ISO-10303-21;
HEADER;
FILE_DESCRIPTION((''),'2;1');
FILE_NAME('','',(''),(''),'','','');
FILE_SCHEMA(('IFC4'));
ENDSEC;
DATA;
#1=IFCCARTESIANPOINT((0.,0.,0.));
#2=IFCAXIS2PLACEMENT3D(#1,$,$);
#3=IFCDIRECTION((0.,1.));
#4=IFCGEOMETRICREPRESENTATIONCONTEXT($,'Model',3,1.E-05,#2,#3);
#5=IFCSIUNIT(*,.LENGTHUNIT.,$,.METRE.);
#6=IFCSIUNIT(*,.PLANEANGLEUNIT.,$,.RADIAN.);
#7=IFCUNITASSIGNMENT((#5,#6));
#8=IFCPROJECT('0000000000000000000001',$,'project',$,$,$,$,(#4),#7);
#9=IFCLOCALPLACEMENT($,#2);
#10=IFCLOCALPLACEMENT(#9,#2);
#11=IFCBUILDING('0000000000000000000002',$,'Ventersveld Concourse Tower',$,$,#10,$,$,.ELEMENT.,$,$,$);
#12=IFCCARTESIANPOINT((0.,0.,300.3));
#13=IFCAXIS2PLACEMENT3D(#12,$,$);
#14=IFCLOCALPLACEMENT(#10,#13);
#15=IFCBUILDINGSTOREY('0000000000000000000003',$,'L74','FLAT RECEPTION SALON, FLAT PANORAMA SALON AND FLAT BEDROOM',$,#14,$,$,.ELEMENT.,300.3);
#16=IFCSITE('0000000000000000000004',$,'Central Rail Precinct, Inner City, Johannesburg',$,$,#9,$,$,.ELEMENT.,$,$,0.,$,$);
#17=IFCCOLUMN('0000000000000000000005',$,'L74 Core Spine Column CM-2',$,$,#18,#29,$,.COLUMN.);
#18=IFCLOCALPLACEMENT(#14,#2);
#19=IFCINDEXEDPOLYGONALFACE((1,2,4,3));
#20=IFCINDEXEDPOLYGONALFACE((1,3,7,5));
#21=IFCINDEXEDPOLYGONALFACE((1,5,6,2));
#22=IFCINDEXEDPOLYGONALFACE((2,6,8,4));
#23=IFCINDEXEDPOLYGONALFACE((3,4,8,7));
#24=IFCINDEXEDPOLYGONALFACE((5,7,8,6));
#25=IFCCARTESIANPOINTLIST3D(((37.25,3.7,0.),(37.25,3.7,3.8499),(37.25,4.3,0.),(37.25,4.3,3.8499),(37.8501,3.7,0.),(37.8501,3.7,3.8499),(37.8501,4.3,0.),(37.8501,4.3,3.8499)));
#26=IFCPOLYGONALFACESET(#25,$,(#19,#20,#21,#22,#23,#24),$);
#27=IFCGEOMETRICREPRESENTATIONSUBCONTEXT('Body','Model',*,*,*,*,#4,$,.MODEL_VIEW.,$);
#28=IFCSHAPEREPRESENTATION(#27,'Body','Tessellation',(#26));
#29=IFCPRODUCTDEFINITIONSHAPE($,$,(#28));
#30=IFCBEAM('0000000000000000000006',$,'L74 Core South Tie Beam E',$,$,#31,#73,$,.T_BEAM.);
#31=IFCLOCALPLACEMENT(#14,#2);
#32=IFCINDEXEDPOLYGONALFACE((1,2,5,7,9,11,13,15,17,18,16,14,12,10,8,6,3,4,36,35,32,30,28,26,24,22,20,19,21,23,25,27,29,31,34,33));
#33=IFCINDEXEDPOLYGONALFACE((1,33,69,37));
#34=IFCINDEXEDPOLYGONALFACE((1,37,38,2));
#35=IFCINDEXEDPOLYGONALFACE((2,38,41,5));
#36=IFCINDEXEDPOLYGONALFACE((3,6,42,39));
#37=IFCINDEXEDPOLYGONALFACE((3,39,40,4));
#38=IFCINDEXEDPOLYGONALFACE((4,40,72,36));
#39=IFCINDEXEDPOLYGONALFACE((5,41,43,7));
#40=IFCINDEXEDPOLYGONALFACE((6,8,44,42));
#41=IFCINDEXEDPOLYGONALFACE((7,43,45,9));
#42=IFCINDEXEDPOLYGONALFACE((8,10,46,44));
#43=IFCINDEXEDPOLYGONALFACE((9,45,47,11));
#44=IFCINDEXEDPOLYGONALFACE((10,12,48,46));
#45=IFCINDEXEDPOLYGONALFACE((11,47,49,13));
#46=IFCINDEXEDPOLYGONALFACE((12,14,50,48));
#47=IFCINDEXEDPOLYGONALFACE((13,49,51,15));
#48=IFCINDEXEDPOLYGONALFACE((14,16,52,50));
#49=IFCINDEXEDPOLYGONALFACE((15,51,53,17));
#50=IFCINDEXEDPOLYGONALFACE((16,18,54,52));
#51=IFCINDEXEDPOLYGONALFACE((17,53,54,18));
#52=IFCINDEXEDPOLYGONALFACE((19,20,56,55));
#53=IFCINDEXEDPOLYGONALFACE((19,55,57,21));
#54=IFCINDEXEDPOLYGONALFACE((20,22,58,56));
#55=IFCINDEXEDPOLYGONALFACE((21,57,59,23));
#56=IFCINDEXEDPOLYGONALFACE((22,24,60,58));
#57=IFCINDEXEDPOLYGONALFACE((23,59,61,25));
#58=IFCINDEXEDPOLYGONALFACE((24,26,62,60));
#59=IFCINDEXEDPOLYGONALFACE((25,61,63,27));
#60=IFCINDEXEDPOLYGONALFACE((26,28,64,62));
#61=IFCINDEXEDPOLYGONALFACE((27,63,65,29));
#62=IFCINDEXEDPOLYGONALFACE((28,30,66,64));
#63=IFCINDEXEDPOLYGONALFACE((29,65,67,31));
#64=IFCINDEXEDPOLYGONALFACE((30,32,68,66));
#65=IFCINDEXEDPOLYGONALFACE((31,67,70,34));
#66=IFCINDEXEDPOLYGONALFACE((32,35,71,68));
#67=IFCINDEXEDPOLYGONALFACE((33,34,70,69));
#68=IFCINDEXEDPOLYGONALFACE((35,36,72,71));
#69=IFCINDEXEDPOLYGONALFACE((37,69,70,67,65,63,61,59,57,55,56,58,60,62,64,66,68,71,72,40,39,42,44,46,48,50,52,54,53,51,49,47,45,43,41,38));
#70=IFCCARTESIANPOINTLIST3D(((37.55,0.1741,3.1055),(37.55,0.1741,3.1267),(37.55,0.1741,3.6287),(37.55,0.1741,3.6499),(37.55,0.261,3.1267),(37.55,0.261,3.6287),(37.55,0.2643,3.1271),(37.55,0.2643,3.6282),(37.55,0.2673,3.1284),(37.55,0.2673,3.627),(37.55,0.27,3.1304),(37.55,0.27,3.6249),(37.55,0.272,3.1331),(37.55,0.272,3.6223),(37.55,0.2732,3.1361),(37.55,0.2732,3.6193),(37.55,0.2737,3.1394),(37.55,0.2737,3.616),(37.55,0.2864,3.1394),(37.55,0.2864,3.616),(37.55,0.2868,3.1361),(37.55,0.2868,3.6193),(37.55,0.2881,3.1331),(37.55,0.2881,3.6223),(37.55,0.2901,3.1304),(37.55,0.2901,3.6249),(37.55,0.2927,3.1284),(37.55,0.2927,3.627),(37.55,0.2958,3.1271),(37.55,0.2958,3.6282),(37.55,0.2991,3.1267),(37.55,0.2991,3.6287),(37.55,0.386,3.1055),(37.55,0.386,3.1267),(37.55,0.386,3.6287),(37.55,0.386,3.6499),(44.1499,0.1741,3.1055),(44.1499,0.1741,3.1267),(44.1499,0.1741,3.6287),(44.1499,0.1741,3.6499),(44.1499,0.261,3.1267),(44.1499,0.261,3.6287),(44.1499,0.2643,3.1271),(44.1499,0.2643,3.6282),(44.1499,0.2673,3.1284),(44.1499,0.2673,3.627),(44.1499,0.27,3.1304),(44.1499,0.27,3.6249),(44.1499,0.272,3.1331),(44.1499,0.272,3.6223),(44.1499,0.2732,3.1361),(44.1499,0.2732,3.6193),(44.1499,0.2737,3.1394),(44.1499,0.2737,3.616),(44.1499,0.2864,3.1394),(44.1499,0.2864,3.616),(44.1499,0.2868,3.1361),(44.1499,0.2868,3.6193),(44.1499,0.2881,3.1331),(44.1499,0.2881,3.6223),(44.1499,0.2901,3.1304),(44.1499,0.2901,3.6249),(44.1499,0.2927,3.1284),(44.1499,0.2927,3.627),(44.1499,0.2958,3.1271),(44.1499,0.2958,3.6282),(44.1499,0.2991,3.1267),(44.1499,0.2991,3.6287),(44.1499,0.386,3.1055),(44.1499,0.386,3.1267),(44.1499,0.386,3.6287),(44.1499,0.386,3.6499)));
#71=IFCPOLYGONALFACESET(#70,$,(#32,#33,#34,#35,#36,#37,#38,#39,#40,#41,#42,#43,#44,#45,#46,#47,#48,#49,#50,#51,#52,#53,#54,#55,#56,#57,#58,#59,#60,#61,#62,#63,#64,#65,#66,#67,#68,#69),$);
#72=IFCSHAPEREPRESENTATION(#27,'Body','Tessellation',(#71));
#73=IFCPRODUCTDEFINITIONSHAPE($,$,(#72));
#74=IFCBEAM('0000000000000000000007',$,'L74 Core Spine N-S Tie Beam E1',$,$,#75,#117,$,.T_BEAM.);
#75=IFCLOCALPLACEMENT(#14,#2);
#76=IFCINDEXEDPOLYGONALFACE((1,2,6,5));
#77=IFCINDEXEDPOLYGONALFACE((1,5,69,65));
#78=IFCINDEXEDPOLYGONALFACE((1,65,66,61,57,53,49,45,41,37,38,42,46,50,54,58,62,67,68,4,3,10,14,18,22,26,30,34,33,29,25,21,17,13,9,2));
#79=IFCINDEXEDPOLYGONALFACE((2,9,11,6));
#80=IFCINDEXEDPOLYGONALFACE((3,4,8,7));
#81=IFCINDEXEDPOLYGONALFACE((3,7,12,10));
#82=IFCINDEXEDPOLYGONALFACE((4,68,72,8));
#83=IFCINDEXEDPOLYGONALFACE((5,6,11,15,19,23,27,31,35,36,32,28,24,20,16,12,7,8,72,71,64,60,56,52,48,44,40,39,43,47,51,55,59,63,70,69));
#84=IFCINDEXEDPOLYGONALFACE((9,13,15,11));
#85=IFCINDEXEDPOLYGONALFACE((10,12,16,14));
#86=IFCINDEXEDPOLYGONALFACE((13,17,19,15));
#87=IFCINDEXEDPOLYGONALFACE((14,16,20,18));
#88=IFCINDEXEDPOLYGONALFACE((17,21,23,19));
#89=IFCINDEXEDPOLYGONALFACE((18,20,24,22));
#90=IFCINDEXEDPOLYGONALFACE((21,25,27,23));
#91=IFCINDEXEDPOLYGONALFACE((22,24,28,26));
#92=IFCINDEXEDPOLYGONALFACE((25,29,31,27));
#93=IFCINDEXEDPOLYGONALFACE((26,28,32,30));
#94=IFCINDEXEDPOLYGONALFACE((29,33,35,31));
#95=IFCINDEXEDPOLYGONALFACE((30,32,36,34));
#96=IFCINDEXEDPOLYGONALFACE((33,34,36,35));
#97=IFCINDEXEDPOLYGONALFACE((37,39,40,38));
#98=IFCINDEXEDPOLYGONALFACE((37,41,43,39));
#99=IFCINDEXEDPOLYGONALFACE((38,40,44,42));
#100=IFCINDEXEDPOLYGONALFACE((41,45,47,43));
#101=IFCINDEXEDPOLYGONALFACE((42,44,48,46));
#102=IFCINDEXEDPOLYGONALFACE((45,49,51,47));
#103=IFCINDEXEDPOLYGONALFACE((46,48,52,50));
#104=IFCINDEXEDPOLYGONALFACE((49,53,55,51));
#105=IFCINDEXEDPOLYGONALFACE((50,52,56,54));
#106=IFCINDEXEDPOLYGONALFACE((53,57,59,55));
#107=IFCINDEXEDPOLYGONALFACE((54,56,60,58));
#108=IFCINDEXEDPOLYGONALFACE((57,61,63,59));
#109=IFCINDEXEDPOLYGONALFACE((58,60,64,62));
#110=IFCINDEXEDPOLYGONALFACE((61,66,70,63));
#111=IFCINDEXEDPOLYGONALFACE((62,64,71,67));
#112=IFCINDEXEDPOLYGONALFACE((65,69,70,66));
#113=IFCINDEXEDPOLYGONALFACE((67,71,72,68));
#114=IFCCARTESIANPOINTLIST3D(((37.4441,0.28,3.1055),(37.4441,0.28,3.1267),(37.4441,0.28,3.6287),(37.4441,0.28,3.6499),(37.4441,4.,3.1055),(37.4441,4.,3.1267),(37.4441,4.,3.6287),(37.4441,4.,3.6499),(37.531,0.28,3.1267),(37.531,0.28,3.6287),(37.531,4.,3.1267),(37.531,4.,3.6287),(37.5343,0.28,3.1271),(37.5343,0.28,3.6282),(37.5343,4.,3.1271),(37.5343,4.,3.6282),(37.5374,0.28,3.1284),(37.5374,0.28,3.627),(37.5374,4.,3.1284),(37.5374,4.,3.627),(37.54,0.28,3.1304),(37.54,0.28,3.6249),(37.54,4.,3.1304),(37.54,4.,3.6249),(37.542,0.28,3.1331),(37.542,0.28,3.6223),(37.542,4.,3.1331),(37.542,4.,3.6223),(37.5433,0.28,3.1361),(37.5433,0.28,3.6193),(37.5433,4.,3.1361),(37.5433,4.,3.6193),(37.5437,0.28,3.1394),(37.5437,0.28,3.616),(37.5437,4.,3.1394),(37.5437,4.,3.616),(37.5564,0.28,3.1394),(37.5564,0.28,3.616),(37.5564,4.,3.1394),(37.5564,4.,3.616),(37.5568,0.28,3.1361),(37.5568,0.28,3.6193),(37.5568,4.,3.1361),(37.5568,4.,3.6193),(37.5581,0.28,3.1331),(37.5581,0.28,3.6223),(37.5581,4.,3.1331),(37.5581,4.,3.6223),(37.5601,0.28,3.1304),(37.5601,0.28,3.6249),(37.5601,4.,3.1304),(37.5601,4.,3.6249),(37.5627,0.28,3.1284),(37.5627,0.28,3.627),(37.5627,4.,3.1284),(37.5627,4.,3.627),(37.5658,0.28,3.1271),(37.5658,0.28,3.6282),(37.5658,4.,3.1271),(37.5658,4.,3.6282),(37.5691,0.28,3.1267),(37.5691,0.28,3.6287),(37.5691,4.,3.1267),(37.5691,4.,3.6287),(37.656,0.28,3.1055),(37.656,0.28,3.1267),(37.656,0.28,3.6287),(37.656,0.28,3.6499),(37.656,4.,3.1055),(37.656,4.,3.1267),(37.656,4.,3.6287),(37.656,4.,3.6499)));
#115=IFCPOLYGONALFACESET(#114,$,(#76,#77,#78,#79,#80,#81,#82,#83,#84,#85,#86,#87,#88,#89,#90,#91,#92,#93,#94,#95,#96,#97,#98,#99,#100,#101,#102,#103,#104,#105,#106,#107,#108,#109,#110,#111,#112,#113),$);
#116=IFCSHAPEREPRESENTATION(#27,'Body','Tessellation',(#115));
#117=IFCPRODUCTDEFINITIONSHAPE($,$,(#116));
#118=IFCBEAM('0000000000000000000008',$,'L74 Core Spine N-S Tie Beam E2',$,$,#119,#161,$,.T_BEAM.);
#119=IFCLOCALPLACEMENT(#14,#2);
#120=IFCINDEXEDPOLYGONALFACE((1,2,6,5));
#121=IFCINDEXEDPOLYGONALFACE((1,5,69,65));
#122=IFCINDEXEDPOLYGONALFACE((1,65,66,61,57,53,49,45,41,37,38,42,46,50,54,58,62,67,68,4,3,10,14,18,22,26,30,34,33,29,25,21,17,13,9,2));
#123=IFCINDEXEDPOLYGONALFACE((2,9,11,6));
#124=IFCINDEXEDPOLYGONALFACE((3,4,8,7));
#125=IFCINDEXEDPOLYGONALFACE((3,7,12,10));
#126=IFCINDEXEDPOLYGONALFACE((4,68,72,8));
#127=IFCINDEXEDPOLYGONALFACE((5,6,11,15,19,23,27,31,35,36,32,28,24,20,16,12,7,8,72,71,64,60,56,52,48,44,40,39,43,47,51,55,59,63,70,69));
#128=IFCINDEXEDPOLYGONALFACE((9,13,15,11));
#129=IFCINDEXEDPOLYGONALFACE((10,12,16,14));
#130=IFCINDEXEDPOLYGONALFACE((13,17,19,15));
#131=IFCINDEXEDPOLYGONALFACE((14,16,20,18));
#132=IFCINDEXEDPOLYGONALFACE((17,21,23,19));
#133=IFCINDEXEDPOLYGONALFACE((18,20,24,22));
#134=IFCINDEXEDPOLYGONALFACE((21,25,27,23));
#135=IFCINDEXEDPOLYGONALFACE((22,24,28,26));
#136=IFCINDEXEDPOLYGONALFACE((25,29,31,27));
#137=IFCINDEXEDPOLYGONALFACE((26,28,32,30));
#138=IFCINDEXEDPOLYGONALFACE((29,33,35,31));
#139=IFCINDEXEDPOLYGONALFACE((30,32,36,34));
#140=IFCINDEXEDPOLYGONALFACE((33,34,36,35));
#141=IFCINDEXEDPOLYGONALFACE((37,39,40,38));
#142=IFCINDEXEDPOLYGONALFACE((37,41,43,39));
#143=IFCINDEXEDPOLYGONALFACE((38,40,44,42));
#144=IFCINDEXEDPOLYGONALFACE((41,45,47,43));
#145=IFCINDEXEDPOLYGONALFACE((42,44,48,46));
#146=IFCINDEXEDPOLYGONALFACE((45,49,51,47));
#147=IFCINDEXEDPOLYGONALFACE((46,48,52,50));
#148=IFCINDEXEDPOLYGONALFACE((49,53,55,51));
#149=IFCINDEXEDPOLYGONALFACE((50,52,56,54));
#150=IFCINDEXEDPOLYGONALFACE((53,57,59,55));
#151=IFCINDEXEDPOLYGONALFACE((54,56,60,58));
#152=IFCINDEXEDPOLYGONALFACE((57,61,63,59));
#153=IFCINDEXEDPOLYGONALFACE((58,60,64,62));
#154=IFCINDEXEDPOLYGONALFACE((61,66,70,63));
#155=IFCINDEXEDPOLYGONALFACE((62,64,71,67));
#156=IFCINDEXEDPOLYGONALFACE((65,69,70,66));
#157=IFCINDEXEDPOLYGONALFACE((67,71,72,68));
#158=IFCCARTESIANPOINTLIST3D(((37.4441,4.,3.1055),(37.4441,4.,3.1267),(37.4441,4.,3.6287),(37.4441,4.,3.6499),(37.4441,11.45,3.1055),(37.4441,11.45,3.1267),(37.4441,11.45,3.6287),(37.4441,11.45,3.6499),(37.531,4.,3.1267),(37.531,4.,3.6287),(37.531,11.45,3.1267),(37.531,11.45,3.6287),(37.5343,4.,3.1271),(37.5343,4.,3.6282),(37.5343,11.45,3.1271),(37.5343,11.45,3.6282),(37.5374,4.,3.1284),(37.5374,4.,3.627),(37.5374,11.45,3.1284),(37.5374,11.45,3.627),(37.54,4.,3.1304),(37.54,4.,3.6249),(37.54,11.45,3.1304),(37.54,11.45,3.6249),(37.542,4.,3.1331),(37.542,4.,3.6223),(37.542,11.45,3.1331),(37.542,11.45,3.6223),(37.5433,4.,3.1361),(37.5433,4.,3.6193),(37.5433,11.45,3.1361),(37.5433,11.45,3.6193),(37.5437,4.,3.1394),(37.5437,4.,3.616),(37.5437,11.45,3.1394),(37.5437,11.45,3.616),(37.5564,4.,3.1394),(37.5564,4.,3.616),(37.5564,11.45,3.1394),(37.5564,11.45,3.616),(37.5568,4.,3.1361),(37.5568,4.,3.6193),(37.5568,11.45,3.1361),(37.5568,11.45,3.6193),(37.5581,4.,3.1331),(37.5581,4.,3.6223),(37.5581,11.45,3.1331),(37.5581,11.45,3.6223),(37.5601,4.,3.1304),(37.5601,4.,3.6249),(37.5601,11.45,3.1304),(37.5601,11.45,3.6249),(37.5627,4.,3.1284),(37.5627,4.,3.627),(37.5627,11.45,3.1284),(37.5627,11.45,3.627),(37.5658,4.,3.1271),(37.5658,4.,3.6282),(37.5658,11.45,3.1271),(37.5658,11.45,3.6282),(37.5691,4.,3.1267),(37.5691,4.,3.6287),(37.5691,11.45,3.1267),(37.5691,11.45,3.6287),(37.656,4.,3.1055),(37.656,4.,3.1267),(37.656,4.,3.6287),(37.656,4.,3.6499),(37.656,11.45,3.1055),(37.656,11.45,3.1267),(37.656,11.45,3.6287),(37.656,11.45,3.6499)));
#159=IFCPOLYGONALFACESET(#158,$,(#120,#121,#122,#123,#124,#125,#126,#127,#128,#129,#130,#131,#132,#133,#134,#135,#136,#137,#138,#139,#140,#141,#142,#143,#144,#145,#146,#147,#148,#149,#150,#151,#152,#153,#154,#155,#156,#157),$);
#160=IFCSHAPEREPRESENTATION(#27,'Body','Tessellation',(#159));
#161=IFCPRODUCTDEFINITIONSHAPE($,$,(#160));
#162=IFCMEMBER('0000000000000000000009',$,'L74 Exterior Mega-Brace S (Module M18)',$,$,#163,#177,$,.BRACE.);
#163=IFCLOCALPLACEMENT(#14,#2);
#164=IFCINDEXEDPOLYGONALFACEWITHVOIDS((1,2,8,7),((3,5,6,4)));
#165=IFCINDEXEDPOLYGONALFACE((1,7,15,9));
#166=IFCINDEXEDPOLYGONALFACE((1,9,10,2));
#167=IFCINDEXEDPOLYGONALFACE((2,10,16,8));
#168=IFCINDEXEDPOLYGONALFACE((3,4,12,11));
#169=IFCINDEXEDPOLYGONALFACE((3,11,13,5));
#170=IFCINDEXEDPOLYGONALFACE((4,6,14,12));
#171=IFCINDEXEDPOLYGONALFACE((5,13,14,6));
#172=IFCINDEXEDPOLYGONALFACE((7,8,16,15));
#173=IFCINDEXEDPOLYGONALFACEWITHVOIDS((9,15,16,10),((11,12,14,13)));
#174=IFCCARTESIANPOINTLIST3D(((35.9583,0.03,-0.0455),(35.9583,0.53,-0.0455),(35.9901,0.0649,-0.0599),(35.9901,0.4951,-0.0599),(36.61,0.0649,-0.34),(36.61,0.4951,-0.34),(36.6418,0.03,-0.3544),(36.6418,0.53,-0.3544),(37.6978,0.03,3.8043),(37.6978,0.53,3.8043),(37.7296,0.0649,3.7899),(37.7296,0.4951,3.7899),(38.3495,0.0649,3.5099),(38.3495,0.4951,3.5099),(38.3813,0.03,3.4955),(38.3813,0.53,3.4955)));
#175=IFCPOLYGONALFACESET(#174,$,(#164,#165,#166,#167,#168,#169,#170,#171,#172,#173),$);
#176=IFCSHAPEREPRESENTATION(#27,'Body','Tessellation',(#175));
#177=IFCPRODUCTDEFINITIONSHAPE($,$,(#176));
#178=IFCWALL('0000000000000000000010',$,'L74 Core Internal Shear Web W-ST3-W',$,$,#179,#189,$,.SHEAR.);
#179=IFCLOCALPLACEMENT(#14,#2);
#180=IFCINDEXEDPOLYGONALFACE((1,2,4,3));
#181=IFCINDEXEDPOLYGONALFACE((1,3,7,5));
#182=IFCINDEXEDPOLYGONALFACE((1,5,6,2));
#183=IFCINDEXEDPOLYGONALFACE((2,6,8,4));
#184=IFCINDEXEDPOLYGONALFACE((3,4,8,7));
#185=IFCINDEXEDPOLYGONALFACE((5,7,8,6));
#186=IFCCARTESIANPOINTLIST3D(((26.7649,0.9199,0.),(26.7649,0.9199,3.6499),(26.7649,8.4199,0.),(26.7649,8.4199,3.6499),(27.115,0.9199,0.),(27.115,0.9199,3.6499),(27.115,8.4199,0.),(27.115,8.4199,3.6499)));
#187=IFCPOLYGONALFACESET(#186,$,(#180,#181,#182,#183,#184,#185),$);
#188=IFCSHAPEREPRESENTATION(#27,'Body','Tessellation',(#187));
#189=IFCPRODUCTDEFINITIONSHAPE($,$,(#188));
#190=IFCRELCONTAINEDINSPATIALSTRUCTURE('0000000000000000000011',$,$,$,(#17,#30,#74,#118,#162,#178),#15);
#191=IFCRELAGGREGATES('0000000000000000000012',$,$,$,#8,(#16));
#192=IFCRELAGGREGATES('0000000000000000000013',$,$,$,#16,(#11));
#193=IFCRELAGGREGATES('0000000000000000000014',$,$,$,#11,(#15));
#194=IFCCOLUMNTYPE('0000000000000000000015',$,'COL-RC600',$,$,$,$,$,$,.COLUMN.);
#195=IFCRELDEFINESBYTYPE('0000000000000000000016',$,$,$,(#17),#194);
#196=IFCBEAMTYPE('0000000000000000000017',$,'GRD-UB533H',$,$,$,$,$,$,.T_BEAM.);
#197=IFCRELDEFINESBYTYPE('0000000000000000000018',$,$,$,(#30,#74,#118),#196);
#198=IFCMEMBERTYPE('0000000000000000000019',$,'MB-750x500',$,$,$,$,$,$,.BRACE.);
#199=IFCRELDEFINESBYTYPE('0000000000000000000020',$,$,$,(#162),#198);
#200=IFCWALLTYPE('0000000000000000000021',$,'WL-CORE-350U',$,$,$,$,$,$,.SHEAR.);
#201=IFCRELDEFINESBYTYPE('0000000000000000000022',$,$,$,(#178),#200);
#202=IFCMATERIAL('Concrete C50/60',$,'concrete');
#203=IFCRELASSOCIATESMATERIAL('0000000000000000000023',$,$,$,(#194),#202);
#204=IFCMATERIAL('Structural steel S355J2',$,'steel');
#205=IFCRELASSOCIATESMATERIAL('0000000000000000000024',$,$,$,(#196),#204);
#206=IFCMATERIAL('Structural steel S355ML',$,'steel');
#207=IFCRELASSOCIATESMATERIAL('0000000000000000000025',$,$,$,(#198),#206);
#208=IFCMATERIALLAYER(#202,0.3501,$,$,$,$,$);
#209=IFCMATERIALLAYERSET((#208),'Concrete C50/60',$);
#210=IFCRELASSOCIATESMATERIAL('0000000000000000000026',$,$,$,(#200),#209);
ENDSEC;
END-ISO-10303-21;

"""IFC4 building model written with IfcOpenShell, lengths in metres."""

from ifc_helpers import new_model, si_unit, direction, frame, frame_2d, origin, origin_2d, place, context, subcontext, project, spatial, rectangle, hollow_rectangle, i_section, extrude, material, layer, layer_set, material_profile, profile_set, type_object, element, save


model = new_model("IFC4")

# Units and contexts
model_context = context("Model", 3, precision=1e-05, world=origin(), true_north=direction((0.0, 1.0)))
body_context = subcontext(model_context, "Body", "Model", "MODEL_VIEW")
ifc_project = project(units=[si_unit("LENGTHUNIT", "METRE"), si_unit("PLANEANGLEUNIT", "RADIAN")], contexts=[model_context])

# Site, building, storey
site_placement = place(None, origin())
site = spatial("IfcSite", under=ifc_project, at=site_placement, Name="Central Rail Precinct, Inner City, Johannesburg", CompositionType="ELEMENT", RefElevation=0.0)
building_placement = place(site_placement, origin())
building = spatial("IfcBuilding", under=site, at=building_placement, Name="Ventersveld Concourse Tower", CompositionType="ELEMENT")
storey_placement = place(building_placement, frame((0.0, 0.0, 300.3)))
storey = spatial("IfcBuildingStorey", under=building, at=storey_placement, Name="L74", Description="FLAT RECEPTION SALON, FLAT PANORAMA SALON AND FLAT BEDROOM", CompositionType="ELEMENT", Elevation=300.3)

# Column
ifc_material_1 = material(Name="Concrete C50/60", Category="concrete")
ifc_material_profile_1 = material_profile(ifc_material_1, rectangle(XDim=0.6001, YDim=0.6001, at=origin_2d()), Name="RC 600x600")
ifc_profile_set_1 = profile_set([ifc_material_profile_1], Name="Concrete C50/60")
column_type = type_object("IfcColumnType", Name="COL-RC600", PredefinedType="COLUMN", material=ifc_profile_set_1)
column_placement = place(storey_placement, frame((37.55, 4.0, 0.0), z_axis=(0.0, 0.0, 1.0), x_axis=(1.0, 0.0, 0.0)))
element("IfcColumn", 1, at=column_placement, inside=storey, type_object=column_type, Name="L74 Core Spine Column CM-2", PredefinedType="COLUMN", context=body_context, shape_type="SweptSolid", body=[
    extrude(rectangle(XDim=0.6001, YDim=0.6001, at=origin_2d()), origin(), (0.0, 0.0, 1.0), 3.8499),
])

# Beams
ifc_material_2 = material(Name="Structural steel S355J2", Category="steel")
ifc_material_profile_2 = material_profile(ifc_material_2, i_section(OverallWidth=0.2119, OverallDepth=0.5444, WebThickness=0.0127, FlangeThickness=0.0212, FilletRadius=0.0127, at=origin_2d()), Name="UB 533x210x122")
ifc_profile_set_2 = profile_set([ifc_material_profile_2], Name="Structural steel S355J2")
beam_type = type_object("IfcBeamType", Name="GRD-UB533H", PredefinedType="T_BEAM", material=ifc_profile_set_2)
beam_1_placement = place(storey_placement, frame((37.55, 0.28, 3.3777), z_axis=(1.0, 0.0, 0.0), x_axis=(0.0, 1.0, 0.0)))
element("IfcBeam", 2, at=beam_1_placement, inside=storey, type_object=beam_type, Name="L74 Core South Tie Beam E", PredefinedType="T_BEAM", context=body_context, shape_type="SweptSolid", body=[
    extrude(i_section(OverallWidth=0.2119, OverallDepth=0.5444, WebThickness=0.0127, FlangeThickness=0.0212, FilletRadius=0.0127, at=origin_2d()), origin(), (0.0, 0.0, 1.0), 6.5999),
])
beam_2_placement = place(storey_placement, frame((37.55, 0.28, 3.3777), z_axis=(0.0, 1.0, 0.0), x_axis=(-1.0, 0.0, 0.0)))
element("IfcBeam", 3, at=beam_2_placement, inside=storey, type_object=beam_type, Name="L74 Core Spine N-S Tie Beam E1", PredefinedType="T_BEAM", context=body_context, shape_type="SweptSolid", body=[
    extrude(i_section(OverallWidth=0.2119, OverallDepth=0.5444, WebThickness=0.0127, FlangeThickness=0.0212, FilletRadius=0.0127, at=origin_2d()), origin(), (0.0, 0.0, 1.0), 3.72),
])
beam_3_placement = place(storey_placement, frame((37.55, 4.0, 3.3777), z_axis=(0.0, 1.0, 0.0), x_axis=(-1.0, 0.0, 0.0)))
element("IfcBeam", 4, at=beam_3_placement, inside=storey, type_object=beam_type, Name="L74 Core Spine N-S Tie Beam E2", PredefinedType="T_BEAM", context=body_context, shape_type="SweptSolid", body=[
    extrude(i_section(OverallWidth=0.2119, OverallDepth=0.5444, WebThickness=0.0127, FlangeThickness=0.0212, FilletRadius=0.0127, at=origin_2d()), origin(), (0.0, 0.0, 1.0), 7.45),
])

# Member
ifc_material_3 = material(Name="Structural steel S355ML", Category="steel")
ifc_material_profile_3 = material_profile(ifc_material_3, hollow_rectangle(XDim=0.5, YDim=0.75, WallThickness=0.0349, at=origin_2d()), Name="BOX 750x500x35")
ifc_profile_set_3 = profile_set([ifc_material_profile_3], Name="Structural steel S355ML")
member_type = type_object("IfcMemberType", Name="MB-750x500", PredefinedType="BRACE", material=ifc_profile_set_3)
member_placement = place(storey_placement, frame((36.3, 0.28, -0.2), z_axis=(0.411755, 0.0, 0.911294), x_axis=(0.0, 1.0, 0.0)))
element("IfcMember", 5, at=member_placement, inside=storey, type_object=member_type, Name="L74 Exterior Mega-Brace S (Module M18)", PredefinedType="BRACE", context=body_context, shape_type="SweptSolid", body=[
    extrude(hollow_rectangle(XDim=0.5, YDim=0.75, WallThickness=0.0349, at=origin_2d()), origin(), (0.0, 0.0, 1.0), 4.2246),
])

# Wall
ifc_layer_1 = layer(ifc_material_1, 0.3501)
ifc_layer_set_1 = layer_set([ifc_layer_1], Name="Concrete C50/60")
wall_type_1 = type_object("IfcWallType", Name="WL-CORE-350U", PredefinedType="SHEAR", material=ifc_layer_set_1)
for number, where, z_axis, x_axis, name in (
    (6, (26.9399, 0.9199, 0.0), (0.0, 0.0, 1.0), (0.0, 1.0, 0.0), "L74 Core Internal Shear Web W-ST3-W"),
):
    element("IfcWall", number, at=place(storey_placement, frame(where, z_axis=z_axis, x_axis=x_axis)), inside=storey, type_object=wall_type_1, Name=name, PredefinedType="SHEAR", context=body_context, shape_type="SweptSolid", body=[
        extrude(rectangle(XDim=7.5, YDim=0.3501, at=frame_2d((3.75, 0.0))), origin(), (0.0, 0.0, 1.0), 3.6499),
    ])

save(model, "model.ifc")
